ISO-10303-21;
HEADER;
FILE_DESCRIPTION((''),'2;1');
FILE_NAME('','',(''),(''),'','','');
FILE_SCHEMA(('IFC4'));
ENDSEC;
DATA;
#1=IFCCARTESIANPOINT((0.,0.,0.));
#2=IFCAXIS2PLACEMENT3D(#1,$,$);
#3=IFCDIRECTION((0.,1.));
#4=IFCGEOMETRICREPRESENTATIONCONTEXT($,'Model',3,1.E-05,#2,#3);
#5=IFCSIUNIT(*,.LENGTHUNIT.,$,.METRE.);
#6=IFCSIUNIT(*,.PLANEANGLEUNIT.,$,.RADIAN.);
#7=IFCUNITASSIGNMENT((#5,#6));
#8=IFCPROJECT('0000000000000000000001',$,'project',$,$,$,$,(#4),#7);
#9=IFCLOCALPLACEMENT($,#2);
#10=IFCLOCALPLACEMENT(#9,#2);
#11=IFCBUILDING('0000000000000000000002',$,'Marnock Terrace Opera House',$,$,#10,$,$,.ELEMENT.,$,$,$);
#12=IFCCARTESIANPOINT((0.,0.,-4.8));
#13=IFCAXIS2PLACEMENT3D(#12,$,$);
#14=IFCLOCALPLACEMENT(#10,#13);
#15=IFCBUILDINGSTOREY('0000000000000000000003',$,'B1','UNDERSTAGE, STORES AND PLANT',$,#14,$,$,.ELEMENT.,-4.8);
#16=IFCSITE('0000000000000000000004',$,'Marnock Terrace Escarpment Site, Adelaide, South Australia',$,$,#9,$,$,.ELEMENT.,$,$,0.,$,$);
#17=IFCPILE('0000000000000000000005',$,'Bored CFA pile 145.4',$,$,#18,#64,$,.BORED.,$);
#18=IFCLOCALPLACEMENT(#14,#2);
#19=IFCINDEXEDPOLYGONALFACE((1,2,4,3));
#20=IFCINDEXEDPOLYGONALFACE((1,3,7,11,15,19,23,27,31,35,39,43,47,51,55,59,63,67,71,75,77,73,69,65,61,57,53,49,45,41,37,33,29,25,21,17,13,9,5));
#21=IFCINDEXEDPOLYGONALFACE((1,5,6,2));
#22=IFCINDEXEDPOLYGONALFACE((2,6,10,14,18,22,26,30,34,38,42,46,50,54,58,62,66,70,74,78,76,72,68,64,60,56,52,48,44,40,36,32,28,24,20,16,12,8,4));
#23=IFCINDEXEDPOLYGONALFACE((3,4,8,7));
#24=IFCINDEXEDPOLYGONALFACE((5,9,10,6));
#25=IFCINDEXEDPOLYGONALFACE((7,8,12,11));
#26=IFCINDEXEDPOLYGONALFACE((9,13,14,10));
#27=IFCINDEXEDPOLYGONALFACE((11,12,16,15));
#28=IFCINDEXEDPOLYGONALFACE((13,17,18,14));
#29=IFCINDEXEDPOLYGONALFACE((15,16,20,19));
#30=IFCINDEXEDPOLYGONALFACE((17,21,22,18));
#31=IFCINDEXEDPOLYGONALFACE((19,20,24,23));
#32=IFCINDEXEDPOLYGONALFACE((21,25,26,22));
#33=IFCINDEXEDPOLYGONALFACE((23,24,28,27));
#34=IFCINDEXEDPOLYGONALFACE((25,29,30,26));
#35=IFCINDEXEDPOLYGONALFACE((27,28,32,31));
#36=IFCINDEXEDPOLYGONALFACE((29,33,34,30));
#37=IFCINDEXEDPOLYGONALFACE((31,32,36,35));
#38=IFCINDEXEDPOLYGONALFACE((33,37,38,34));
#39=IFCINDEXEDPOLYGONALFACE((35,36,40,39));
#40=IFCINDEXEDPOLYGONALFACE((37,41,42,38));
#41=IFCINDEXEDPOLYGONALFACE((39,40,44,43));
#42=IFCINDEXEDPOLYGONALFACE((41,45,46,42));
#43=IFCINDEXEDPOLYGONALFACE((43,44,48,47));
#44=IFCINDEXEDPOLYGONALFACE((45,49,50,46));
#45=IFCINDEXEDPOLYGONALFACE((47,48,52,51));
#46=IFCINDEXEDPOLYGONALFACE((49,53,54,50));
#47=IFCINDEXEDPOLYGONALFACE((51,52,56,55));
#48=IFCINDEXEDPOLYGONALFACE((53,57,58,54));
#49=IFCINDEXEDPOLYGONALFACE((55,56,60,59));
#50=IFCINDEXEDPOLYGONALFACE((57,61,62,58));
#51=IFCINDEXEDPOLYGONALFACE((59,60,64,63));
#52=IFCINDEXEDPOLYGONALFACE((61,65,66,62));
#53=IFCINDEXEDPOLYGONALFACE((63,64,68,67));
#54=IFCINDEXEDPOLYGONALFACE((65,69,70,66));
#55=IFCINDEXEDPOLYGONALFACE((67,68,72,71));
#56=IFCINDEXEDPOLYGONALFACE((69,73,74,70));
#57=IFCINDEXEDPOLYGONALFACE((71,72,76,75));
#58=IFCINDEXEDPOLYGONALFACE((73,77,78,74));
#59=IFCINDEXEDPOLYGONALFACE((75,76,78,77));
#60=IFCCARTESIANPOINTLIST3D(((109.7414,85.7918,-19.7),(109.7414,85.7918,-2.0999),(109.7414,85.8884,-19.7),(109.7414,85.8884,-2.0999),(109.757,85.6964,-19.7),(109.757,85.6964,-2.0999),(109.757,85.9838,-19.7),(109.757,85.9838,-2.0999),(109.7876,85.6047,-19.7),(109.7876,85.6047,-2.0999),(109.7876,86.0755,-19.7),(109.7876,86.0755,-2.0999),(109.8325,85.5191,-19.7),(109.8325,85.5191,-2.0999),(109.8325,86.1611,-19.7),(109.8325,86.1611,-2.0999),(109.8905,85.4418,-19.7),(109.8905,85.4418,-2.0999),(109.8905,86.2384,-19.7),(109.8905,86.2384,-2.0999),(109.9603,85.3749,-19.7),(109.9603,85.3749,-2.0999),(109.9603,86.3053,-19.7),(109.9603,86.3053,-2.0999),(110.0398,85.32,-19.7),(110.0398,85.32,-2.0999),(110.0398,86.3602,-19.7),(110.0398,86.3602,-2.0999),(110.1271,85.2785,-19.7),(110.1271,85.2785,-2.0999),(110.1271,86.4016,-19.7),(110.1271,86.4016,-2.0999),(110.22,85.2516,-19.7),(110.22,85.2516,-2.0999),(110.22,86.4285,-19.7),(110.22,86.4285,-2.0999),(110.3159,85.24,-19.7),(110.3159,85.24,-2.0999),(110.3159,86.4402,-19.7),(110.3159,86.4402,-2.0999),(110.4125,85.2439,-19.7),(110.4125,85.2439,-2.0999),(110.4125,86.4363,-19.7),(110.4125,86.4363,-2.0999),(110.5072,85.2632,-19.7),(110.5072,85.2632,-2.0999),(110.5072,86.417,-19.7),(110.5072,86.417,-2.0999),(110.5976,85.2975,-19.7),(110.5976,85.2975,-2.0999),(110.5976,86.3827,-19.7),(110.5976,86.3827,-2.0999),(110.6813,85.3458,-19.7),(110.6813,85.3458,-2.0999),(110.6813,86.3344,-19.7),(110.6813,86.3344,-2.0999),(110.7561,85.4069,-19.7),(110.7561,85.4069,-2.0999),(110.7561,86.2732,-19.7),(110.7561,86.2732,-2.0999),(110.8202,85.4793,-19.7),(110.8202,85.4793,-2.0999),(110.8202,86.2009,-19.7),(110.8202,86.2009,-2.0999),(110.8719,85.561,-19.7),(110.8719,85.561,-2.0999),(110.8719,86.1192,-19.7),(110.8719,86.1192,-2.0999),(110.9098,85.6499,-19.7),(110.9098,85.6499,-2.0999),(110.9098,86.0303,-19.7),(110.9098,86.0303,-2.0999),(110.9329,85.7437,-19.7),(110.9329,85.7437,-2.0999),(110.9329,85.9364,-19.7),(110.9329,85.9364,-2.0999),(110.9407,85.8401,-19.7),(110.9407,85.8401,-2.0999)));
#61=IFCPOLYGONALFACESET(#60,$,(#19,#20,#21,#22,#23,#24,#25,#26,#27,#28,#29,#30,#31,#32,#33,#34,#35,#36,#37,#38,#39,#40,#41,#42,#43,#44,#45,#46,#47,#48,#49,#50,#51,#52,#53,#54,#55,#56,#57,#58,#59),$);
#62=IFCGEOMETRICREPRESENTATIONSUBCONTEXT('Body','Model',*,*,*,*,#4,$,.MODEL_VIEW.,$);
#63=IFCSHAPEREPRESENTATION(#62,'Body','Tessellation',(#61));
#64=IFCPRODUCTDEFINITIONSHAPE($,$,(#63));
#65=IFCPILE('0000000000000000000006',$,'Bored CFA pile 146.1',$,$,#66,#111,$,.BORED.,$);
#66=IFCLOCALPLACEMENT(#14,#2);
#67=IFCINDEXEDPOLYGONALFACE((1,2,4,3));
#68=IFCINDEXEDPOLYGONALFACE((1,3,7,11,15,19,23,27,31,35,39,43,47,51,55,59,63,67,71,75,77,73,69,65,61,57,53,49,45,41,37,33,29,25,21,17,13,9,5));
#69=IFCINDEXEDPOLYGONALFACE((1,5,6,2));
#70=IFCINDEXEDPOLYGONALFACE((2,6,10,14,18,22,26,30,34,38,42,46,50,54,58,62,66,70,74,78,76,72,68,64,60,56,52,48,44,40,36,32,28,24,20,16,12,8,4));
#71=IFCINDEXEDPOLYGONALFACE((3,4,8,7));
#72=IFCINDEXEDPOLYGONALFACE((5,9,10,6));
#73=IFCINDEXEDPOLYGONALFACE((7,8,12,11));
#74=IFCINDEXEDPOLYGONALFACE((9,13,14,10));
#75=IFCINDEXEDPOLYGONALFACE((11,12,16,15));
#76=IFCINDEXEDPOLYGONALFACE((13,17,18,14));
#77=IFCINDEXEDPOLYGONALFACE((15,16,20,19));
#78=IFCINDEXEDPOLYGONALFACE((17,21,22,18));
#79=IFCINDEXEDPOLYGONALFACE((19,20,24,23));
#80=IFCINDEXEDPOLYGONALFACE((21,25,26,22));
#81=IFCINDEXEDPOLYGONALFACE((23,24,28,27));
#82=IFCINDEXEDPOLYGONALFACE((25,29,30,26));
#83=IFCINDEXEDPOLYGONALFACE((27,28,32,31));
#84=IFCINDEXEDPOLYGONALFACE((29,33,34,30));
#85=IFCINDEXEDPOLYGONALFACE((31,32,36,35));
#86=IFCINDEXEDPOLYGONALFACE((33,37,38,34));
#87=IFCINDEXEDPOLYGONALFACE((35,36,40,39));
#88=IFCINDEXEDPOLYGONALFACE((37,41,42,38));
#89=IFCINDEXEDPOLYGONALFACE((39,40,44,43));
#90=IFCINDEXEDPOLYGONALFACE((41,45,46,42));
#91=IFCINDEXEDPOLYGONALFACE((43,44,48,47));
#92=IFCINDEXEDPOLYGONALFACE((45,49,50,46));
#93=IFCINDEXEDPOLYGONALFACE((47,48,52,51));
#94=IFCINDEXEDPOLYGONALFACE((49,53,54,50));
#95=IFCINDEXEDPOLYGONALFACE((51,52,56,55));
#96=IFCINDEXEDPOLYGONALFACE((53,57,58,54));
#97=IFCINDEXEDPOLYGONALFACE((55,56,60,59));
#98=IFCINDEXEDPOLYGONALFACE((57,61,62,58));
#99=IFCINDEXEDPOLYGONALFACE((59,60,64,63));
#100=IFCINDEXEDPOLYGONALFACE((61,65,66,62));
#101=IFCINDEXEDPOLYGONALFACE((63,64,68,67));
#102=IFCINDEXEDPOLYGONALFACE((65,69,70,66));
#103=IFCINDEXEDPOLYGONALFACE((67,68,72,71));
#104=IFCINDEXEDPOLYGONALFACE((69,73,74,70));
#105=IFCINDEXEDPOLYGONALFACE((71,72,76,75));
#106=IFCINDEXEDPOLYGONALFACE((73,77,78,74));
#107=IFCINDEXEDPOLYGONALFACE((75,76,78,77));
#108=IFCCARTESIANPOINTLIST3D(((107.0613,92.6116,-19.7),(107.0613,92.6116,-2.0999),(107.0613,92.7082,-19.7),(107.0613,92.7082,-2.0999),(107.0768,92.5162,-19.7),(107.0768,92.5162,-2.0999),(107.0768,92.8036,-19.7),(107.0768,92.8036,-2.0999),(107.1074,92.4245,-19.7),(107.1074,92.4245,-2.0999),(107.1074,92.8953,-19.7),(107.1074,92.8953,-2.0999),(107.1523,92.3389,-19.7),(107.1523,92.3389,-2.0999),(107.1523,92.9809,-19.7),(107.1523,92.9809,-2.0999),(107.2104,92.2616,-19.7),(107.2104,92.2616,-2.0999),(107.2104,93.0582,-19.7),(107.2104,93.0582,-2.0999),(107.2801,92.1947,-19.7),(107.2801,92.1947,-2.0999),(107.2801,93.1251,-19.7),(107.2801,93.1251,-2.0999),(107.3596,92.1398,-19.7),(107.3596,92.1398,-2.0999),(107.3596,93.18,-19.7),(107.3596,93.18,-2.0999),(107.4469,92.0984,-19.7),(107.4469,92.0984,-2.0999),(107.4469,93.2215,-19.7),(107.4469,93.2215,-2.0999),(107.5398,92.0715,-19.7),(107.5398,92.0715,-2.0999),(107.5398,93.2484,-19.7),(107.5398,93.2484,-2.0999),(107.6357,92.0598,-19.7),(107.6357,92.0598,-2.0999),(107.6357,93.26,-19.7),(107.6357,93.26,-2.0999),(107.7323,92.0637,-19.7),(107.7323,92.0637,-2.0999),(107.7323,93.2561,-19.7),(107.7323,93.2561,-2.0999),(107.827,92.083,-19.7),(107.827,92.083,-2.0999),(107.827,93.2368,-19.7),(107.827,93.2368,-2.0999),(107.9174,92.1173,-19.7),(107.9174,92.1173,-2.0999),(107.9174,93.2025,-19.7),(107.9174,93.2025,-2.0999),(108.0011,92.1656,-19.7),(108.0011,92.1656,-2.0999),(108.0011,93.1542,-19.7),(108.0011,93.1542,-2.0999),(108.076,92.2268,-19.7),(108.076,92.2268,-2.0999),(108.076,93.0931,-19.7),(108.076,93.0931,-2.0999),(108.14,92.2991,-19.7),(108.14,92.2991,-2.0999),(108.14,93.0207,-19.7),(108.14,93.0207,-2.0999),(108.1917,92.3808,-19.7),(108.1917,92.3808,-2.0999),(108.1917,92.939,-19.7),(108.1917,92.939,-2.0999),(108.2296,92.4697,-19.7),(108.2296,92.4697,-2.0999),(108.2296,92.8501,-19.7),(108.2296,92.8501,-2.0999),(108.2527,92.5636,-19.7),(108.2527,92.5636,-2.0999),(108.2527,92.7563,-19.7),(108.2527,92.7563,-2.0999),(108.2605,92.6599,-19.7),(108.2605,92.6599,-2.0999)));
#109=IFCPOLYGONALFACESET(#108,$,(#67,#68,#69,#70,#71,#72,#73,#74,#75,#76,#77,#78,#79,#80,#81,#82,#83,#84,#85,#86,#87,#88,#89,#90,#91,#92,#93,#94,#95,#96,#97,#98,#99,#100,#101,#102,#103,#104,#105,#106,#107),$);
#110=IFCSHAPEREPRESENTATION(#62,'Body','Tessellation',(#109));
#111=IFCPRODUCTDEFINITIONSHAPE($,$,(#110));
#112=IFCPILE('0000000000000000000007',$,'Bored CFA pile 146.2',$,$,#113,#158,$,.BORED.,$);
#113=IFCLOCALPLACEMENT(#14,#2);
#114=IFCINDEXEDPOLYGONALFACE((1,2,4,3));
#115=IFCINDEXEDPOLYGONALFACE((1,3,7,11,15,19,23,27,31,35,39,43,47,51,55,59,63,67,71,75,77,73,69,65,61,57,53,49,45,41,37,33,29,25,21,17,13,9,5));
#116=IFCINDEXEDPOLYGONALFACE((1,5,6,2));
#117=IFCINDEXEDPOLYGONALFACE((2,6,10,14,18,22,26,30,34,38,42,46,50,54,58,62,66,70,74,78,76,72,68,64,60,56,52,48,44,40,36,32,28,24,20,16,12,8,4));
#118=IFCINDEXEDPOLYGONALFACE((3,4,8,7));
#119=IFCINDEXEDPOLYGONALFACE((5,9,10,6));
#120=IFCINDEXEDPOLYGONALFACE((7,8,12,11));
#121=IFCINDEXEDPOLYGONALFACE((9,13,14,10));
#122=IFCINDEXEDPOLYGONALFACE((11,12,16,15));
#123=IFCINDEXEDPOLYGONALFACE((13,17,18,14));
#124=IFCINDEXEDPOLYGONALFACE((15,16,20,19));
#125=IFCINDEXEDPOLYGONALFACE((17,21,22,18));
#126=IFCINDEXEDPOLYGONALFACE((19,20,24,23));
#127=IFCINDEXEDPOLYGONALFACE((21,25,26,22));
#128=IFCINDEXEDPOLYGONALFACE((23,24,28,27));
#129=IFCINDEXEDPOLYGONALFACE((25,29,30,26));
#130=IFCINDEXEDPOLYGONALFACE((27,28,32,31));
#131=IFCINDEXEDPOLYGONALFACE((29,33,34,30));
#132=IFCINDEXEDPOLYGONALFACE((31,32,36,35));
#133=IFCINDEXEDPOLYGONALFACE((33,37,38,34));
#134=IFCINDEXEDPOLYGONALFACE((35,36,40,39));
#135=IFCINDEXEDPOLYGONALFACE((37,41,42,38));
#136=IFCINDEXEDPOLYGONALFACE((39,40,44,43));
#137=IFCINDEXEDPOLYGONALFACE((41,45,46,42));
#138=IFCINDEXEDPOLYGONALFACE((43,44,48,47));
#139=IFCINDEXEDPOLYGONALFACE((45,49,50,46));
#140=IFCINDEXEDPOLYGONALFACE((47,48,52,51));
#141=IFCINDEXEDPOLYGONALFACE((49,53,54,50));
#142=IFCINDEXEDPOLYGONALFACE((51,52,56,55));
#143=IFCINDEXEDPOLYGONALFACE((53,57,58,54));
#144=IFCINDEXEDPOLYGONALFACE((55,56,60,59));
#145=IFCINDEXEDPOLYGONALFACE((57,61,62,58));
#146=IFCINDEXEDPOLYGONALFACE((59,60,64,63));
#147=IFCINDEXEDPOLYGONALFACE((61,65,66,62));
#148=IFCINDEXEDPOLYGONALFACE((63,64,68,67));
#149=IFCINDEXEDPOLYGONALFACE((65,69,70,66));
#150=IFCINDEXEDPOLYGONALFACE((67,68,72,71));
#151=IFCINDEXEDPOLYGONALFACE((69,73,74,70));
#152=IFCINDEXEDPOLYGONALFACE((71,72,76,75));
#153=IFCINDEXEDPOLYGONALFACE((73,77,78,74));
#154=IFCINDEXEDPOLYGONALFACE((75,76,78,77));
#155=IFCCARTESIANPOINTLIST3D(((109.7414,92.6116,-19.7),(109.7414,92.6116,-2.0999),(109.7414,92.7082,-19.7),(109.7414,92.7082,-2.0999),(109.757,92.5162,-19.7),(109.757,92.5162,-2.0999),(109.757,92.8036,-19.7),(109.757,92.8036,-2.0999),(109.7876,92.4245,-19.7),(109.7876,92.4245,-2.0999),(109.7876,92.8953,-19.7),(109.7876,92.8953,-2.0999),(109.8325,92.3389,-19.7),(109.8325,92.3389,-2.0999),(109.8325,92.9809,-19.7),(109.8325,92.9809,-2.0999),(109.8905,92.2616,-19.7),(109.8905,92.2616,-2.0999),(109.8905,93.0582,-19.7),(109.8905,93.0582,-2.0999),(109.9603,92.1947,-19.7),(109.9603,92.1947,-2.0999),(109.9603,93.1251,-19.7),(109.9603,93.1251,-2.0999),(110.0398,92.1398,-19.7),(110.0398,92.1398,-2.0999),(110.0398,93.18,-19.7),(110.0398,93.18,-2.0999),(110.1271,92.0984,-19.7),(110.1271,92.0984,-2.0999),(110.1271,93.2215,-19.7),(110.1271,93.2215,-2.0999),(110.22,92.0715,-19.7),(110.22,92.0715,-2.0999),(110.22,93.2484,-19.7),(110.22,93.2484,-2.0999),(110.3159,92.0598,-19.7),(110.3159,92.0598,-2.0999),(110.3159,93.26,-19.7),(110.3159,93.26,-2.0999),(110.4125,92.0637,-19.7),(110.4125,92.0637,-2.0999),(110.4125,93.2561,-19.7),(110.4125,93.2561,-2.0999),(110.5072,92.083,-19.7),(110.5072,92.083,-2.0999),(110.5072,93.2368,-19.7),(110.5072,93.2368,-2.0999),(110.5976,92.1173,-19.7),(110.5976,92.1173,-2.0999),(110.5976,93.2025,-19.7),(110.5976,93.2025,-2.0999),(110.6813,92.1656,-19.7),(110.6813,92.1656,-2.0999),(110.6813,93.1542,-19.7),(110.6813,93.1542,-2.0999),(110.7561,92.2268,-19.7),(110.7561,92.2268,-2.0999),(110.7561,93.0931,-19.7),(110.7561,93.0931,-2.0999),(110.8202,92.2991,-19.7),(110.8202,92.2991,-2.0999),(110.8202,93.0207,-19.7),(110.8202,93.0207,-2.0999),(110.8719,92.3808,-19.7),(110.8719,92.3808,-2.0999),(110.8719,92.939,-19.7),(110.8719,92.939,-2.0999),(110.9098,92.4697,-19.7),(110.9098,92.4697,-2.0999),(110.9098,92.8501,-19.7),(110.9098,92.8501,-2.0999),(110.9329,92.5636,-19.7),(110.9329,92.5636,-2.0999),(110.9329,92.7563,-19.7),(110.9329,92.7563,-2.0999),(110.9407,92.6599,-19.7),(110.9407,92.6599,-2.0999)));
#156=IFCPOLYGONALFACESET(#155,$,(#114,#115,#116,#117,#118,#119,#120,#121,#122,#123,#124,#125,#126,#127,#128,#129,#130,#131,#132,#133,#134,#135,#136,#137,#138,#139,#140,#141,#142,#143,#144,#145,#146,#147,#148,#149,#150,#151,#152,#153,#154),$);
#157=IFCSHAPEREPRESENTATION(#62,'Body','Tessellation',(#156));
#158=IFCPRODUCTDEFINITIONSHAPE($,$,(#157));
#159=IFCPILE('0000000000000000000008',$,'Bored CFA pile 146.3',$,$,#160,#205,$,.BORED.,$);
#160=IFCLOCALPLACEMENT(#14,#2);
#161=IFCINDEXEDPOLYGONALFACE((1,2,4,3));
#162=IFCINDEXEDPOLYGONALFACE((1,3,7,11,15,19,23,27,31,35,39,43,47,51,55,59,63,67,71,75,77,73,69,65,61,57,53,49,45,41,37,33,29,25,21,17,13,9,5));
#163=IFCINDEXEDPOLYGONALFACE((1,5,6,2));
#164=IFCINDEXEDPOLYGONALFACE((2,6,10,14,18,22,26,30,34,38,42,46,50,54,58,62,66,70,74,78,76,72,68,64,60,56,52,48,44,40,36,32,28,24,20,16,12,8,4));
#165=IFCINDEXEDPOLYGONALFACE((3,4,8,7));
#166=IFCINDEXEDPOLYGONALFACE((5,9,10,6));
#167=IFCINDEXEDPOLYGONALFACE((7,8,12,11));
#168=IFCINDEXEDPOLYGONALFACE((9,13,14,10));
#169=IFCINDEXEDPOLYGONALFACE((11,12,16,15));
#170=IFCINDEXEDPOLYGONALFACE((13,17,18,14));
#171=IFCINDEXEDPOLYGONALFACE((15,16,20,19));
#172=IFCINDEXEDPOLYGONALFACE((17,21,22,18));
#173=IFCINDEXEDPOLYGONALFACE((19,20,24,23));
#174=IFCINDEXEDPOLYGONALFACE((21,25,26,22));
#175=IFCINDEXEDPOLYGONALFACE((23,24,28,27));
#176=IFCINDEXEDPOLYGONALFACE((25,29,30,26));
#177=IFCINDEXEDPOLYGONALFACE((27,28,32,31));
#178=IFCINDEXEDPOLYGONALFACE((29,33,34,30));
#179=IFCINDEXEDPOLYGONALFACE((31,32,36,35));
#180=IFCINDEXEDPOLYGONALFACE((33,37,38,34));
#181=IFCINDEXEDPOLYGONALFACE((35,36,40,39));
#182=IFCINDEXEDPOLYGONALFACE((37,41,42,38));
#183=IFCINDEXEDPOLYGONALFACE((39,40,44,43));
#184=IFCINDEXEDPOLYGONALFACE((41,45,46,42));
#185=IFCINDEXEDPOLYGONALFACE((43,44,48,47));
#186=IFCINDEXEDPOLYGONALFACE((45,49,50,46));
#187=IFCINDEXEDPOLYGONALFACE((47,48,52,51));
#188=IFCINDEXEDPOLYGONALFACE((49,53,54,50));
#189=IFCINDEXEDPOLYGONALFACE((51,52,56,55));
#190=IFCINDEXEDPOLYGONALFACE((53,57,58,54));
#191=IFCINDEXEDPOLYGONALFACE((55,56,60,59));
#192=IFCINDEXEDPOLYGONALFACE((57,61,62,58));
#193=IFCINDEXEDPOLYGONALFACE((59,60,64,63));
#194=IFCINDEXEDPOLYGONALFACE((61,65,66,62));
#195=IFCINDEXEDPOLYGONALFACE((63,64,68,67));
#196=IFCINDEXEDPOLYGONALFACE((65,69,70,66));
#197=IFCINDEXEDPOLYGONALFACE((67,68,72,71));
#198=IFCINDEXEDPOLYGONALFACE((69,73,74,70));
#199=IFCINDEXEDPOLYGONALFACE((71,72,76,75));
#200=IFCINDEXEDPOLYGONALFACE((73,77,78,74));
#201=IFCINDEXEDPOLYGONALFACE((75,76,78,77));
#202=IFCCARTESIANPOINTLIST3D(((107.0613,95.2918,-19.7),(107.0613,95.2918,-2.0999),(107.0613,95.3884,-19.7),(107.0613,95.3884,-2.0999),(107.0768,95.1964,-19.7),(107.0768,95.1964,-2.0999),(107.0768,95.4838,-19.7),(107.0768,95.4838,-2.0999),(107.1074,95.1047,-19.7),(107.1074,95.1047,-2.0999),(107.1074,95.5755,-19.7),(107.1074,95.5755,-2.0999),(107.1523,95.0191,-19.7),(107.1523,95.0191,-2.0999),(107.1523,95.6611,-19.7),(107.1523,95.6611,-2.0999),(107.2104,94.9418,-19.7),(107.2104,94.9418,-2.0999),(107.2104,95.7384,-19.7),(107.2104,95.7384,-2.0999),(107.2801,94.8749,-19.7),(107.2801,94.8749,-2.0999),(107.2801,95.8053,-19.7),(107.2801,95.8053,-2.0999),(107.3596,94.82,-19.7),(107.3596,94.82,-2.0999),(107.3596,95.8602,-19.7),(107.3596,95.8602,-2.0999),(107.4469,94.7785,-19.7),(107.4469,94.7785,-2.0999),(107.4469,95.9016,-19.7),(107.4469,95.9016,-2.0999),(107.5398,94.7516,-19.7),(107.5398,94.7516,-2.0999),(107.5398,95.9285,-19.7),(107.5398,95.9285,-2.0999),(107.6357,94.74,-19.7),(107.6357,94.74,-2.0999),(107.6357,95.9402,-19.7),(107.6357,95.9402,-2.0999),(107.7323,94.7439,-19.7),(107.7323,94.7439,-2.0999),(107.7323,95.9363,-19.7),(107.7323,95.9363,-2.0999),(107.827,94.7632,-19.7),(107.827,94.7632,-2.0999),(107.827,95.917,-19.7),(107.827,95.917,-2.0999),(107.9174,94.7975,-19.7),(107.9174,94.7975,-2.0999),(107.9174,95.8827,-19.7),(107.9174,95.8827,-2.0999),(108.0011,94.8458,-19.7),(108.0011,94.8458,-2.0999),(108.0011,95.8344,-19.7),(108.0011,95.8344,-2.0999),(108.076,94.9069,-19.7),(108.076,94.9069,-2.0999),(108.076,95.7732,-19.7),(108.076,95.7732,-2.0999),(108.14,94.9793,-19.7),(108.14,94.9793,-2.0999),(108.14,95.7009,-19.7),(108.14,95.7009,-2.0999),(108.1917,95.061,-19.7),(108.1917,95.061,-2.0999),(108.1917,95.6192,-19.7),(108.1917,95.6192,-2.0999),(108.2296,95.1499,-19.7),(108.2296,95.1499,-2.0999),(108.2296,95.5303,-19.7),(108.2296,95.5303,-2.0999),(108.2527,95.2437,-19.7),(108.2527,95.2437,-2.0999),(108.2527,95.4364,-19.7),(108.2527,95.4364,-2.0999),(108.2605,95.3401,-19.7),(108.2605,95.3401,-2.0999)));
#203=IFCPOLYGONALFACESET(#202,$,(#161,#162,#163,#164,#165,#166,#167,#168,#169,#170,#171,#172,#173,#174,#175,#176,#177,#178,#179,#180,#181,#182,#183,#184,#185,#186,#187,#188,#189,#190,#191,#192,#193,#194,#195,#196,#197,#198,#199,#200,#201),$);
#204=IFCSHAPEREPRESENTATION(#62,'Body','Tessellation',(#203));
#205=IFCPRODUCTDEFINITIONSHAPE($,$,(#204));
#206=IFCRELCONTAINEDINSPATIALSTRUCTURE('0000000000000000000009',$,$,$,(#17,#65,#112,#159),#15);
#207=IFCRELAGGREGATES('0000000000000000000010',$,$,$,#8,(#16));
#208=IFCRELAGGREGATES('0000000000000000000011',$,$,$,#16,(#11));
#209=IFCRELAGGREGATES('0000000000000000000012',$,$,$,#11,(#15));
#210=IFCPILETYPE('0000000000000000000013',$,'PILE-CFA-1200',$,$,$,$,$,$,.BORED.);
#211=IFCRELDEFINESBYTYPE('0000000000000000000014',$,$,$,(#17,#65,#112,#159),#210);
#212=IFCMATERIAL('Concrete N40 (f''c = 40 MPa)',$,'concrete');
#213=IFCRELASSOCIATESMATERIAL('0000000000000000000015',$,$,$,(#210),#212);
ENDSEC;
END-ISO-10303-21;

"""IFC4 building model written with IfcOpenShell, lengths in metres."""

from ifc_helpers import new_model, si_unit, direction, frame, origin, origin_2d, place, context, subcontext, project, spatial, circle, extrude, material, material_profile, profile_set, type_object, element, save


model = new_model("IFC4")

# Units and contexts
model_context = context("Model", 3, precision=1e-05, world=origin(), true_north=direction((0.0, 1.0)))
body_context = subcontext(model_context, "Body", "Model", "MODEL_VIEW")
ifc_project = project(units=[si_unit("LENGTHUNIT", "METRE"), si_unit("PLANEANGLEUNIT", "RADIAN")], contexts=[model_context])

# Site, building, storey
site_placement = place(None, origin())
site = spatial("IfcSite", under=ifc_project, at=site_placement, Name="Marnock Terrace Escarpment Site, Adelaide, South Australia", CompositionType="ELEMENT", RefElevation=0.0)
building_placement = place(site_placement, origin())
building = spatial("IfcBuilding", under=site, at=building_placement, Name="Marnock Terrace Opera House", CompositionType="ELEMENT")
storey_placement = place(building_placement, frame((0.0, 0.0, -4.8)))
storey = spatial("IfcBuildingStorey", under=building, at=storey_placement, Name="B1", Description="UNDERSTAGE, STORES AND PLANT", CompositionType="ELEMENT", Elevation=-4.8)

# Shared definitions
ifc_material_1 = material(Name="Concrete N40 (f'c = 40 MPa)", Category="concrete")

# Piles
ifc_material_profile_1 = material_profile(ifc_material_1, circle(Radius=0.6006, at=origin_2d()))
ifc_profile_set_1 = profile_set([ifc_material_profile_1], Name="Concrete N40 (f'c = 40 MPa)")
pile_type = type_object("IfcPileType", Name="PILE-CFA-1200", PredefinedType="BORED", material=ifc_profile_set_1)
for number, where, z_axis, x_axis, name in (
    (1, (110.3401, 85.8401, -2.0999), (0.0, 0.0, -1.0), (1.0, 0.0, 0.0), "Bored CFA pile 145.4"),
    (2, (107.6599, 92.6599, -2.0999), (0.0, 0.0, -1.0), (1.0, 0.0, 0.0), "Bored CFA pile 146.1"),
    (3, (110.3401, 92.6599, -2.0999), (0.0, 0.0, -1.0), (1.0, 0.0, 0.0), "Bored CFA pile 146.2"),
    (4, (107.6599, 95.3401, -2.0999), (0.0, 0.0, -1.0), (1.0, 0.0, 0.0), "Bored CFA pile 146.3"),
):
    element("IfcPile", number, at=place(storey_placement, frame(where, z_axis=z_axis, x_axis=x_axis)), inside=storey, type_object=pile_type, Name=name, PredefinedType="BORED", context=body_context, shape_type="SweptSolid", body=[
        extrude(circle(Radius=0.6006, at=origin_2d()), origin(), (0.0, 0.0, 1.0), 17.6001),
    ])

save(model, "model.ifc")
